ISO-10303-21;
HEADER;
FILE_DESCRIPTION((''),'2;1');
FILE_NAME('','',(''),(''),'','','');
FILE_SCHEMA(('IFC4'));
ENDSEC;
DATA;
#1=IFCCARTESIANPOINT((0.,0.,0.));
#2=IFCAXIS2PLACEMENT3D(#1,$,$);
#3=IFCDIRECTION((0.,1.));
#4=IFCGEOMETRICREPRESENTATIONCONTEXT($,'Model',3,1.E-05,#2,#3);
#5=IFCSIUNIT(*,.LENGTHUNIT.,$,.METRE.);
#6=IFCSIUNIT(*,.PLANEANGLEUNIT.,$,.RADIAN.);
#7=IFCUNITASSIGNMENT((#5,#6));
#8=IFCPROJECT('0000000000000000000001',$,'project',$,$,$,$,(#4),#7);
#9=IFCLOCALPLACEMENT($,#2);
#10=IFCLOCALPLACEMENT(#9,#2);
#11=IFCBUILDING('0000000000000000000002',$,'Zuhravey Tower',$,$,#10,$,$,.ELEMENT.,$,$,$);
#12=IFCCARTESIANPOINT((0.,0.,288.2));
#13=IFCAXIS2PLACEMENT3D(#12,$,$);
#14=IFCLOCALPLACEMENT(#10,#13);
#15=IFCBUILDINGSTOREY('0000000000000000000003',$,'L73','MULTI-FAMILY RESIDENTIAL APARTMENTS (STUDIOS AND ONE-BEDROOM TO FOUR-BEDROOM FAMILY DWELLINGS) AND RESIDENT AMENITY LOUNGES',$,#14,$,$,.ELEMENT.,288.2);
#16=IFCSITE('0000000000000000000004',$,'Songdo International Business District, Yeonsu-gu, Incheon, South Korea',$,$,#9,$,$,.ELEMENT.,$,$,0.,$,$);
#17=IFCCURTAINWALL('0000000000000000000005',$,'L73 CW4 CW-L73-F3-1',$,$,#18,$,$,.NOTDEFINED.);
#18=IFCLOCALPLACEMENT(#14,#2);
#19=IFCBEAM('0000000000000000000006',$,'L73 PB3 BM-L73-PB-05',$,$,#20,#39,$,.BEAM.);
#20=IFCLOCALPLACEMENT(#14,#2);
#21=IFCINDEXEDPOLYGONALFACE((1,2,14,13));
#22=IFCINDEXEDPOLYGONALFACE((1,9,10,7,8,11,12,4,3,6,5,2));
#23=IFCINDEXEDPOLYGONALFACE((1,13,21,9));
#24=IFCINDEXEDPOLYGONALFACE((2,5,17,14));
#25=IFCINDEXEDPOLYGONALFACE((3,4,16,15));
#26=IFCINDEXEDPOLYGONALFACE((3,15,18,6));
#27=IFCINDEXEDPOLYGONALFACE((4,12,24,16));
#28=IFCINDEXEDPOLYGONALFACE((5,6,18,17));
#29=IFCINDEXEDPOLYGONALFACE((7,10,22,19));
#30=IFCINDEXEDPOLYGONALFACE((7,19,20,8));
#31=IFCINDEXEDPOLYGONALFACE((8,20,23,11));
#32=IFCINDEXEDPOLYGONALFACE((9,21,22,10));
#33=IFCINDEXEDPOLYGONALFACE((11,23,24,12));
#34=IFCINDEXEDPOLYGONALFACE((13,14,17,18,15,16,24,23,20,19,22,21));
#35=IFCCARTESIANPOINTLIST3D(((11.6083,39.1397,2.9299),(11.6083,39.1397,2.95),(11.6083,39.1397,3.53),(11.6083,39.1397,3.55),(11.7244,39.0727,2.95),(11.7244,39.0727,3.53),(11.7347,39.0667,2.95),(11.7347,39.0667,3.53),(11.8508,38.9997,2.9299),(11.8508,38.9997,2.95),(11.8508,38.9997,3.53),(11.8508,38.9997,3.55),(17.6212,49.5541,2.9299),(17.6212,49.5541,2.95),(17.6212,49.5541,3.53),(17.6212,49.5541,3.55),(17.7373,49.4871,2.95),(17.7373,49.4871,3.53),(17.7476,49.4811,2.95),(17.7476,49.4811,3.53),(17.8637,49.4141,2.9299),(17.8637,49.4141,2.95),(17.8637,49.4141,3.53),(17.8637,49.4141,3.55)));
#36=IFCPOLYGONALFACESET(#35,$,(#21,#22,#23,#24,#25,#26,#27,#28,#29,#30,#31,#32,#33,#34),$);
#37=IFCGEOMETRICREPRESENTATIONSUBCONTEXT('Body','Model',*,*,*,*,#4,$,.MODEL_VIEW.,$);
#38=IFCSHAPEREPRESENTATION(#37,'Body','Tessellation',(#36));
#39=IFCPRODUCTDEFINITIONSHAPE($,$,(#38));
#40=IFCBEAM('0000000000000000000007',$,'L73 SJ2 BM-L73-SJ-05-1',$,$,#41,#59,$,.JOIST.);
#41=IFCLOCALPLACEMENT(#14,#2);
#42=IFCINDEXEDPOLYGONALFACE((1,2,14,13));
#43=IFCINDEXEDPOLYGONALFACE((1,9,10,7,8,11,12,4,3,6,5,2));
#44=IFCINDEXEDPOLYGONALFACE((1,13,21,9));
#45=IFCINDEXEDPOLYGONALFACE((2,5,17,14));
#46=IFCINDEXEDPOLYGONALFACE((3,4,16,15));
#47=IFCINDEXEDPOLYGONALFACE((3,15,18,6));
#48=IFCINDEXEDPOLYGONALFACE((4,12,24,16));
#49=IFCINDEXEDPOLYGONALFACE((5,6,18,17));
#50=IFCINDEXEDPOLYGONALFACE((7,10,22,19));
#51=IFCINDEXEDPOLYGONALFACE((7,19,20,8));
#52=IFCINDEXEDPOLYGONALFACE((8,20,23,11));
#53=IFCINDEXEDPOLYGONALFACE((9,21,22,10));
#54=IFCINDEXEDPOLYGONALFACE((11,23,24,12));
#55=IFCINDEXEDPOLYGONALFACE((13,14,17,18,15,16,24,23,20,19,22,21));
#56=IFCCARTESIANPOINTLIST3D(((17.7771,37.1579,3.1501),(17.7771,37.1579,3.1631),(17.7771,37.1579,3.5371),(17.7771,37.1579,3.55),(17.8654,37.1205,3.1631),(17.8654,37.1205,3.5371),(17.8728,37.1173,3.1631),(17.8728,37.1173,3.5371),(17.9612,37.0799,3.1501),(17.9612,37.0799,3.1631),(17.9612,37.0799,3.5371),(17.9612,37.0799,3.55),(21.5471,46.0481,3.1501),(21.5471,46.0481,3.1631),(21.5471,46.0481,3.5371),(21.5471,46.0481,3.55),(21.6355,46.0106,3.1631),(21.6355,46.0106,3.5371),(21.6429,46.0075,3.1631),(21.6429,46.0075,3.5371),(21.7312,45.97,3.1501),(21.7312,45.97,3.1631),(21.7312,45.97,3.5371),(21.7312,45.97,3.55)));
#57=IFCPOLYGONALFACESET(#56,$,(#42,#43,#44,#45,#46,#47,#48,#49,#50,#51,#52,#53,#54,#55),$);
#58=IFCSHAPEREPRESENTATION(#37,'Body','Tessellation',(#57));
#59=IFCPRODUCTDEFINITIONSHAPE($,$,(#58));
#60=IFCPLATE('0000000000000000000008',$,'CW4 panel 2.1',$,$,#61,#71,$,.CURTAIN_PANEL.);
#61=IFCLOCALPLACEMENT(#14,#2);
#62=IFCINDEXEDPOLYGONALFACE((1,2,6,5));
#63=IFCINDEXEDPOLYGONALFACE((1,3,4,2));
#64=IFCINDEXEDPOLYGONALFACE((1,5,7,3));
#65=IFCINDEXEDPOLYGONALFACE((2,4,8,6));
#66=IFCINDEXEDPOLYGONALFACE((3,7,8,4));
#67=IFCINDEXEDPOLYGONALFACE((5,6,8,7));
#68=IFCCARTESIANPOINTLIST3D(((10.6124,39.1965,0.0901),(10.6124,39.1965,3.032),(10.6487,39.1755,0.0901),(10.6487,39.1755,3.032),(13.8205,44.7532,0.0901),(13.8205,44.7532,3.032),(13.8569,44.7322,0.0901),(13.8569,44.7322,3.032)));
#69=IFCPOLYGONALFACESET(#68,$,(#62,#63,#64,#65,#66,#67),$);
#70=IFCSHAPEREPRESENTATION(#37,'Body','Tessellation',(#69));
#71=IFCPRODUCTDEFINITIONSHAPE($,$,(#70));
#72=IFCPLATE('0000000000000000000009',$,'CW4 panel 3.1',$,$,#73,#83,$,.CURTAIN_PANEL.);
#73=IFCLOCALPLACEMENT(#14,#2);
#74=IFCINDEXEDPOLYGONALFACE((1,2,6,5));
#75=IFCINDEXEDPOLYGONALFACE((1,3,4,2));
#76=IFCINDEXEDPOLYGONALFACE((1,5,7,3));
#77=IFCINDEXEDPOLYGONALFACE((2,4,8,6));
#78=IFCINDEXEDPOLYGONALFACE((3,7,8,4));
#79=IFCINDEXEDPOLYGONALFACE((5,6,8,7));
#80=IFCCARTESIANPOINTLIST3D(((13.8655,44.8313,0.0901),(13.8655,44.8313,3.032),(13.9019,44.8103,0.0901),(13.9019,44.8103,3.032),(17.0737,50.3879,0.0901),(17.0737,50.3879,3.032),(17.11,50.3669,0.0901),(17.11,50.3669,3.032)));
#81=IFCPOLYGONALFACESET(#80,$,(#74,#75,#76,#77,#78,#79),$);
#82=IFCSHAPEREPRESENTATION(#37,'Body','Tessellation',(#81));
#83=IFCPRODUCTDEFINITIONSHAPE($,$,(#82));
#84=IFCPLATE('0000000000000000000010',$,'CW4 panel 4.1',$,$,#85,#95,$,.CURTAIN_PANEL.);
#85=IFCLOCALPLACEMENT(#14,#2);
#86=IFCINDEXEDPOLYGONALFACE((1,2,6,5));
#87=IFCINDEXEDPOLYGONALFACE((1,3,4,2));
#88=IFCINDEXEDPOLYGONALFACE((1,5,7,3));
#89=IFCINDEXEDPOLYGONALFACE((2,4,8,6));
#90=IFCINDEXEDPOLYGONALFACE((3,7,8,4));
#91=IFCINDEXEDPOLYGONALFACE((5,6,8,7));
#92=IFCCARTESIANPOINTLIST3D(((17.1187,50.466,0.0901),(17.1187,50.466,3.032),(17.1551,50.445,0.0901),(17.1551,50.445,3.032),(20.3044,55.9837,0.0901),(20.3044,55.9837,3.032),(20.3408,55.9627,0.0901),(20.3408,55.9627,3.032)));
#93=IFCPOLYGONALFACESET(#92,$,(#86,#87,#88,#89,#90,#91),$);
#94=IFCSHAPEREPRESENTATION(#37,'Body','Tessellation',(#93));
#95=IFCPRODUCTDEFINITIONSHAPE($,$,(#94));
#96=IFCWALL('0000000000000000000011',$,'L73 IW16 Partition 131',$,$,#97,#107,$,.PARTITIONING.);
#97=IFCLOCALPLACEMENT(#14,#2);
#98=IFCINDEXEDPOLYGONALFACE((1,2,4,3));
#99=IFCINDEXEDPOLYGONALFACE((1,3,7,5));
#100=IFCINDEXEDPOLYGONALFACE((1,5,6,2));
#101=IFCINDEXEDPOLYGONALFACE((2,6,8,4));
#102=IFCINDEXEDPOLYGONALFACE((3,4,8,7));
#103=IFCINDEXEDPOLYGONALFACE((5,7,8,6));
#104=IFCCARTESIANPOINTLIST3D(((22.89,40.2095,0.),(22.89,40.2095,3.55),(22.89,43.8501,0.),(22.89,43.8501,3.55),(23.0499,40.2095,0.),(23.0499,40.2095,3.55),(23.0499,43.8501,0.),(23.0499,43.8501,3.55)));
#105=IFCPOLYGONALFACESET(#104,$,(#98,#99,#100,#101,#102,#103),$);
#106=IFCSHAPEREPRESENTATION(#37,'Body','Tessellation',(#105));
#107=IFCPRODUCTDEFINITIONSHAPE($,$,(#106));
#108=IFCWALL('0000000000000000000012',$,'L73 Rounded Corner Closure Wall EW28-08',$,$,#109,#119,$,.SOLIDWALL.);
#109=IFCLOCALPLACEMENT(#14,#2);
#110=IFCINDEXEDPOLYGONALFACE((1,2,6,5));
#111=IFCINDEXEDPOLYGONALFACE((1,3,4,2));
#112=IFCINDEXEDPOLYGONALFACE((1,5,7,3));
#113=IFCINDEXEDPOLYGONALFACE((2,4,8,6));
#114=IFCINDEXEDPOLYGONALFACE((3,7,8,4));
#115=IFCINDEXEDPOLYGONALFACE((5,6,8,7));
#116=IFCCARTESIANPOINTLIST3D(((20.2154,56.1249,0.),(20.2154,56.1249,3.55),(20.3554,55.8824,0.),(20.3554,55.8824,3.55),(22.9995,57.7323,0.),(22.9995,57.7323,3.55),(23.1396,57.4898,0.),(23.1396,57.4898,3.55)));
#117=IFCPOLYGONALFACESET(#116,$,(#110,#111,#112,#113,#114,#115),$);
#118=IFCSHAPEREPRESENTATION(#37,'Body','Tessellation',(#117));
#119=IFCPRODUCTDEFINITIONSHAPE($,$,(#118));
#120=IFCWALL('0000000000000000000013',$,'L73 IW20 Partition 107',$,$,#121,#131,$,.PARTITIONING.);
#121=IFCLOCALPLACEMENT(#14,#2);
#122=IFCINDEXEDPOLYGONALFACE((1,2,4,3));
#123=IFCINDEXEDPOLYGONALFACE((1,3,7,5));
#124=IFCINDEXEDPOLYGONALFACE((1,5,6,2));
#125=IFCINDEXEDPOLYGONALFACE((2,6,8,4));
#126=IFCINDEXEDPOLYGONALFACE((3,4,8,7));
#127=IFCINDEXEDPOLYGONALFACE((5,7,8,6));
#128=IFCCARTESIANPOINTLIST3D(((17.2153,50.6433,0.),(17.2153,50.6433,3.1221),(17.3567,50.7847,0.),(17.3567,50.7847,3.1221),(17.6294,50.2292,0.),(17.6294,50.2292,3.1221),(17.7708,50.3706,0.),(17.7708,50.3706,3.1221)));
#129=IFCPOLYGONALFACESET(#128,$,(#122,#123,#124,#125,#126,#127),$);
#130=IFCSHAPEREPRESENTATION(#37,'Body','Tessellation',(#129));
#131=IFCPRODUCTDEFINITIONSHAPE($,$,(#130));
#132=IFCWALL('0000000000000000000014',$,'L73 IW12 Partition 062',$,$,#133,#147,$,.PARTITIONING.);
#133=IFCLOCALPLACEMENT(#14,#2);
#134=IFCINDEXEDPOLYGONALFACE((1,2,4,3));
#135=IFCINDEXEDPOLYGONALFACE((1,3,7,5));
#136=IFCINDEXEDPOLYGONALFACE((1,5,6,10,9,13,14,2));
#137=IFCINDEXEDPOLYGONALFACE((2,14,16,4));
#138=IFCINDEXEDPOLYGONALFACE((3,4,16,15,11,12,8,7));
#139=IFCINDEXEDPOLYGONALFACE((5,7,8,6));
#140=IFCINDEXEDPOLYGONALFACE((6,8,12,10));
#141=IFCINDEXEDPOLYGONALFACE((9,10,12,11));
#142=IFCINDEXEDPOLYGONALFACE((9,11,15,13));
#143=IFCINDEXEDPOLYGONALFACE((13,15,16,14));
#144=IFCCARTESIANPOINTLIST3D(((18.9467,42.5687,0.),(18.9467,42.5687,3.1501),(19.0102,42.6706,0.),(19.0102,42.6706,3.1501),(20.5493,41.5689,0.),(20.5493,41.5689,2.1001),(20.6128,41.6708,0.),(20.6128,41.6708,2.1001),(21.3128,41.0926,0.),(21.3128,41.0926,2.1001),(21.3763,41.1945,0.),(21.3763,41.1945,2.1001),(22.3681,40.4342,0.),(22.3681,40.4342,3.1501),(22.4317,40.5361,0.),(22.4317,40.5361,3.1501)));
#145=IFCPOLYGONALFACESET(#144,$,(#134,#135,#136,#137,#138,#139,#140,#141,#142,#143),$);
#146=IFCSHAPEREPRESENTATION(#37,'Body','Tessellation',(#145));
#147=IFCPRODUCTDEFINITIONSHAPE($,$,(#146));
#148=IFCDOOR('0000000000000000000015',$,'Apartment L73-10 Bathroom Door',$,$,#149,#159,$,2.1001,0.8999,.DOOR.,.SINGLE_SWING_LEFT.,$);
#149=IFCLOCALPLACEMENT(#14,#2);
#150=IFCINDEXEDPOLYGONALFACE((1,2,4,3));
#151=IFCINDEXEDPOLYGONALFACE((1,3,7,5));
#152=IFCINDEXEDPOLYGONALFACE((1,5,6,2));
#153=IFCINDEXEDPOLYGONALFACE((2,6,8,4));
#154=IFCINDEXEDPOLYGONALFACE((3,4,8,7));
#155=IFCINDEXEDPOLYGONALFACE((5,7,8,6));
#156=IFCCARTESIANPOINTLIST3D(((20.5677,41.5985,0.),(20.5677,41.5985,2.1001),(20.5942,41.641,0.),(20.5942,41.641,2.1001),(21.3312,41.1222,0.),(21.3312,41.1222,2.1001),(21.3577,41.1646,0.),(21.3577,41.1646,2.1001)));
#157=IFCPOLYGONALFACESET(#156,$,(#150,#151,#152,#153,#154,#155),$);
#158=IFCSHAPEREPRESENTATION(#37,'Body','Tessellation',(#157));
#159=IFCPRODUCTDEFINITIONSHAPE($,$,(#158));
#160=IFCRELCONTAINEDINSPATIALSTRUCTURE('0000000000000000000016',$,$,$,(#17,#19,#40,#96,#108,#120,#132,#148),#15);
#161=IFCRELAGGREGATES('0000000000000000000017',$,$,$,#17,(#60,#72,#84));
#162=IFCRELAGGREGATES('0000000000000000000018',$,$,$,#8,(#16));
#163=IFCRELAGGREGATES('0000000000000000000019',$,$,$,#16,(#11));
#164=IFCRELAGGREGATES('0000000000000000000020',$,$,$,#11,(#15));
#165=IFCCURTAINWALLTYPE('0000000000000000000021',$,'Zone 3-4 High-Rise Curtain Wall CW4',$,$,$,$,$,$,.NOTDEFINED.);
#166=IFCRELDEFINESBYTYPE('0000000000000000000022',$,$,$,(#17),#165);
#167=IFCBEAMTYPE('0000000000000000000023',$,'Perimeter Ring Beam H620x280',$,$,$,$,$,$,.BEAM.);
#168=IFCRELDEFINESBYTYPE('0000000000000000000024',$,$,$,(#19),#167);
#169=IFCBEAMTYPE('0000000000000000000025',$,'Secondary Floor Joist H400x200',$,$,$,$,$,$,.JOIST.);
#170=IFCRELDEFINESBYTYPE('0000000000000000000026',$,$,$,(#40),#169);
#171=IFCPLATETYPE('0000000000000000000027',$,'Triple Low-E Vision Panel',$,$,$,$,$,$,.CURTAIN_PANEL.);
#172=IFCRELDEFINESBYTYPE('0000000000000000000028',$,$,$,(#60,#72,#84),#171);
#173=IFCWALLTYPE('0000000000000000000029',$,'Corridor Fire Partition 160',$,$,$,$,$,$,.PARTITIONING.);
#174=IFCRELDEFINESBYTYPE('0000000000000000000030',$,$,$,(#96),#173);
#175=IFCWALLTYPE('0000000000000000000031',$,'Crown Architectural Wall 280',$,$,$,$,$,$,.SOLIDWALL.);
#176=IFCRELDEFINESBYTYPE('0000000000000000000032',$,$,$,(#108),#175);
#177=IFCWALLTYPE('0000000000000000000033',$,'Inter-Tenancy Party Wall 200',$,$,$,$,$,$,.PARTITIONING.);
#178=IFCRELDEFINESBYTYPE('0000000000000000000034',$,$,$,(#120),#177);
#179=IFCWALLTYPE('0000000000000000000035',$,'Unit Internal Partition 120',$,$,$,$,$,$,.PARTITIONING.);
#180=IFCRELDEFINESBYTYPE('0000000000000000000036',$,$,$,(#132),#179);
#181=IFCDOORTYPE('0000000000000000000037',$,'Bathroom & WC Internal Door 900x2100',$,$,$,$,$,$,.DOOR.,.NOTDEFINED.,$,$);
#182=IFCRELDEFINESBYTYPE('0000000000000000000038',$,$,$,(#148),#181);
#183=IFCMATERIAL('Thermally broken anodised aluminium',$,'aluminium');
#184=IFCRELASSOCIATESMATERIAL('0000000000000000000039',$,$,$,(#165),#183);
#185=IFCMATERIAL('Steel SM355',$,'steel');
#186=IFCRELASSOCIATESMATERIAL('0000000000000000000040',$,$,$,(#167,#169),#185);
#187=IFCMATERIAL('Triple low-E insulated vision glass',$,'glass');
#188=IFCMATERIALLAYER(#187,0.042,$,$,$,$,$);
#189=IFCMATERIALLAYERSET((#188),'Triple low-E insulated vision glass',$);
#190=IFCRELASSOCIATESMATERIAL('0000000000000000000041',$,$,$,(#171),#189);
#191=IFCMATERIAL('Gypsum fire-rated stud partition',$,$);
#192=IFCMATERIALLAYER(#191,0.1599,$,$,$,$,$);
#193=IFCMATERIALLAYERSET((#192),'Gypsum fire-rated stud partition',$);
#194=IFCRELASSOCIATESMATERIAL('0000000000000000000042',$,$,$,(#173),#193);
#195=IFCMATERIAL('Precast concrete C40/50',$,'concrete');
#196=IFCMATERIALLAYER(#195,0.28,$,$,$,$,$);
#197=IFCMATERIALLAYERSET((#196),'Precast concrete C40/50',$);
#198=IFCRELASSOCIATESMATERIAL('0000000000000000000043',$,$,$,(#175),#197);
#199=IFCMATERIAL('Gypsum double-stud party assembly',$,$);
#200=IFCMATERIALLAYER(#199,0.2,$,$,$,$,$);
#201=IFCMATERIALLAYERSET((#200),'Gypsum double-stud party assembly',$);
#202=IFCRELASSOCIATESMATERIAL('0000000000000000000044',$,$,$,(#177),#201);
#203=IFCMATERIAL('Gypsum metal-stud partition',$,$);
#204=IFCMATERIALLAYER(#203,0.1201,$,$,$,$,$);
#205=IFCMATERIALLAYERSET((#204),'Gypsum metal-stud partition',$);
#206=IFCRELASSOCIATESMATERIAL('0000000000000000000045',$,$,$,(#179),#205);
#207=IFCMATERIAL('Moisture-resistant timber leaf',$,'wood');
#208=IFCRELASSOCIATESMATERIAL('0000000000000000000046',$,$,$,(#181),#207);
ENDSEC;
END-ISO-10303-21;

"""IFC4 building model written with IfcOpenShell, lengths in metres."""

from ifc_helpers import new_model, si_unit, direction, frame, frame_2d, origin, origin_2d, place, context, subcontext, project, spatial, rectangle, i_section, extrude, material, layer, layer_set, material_profile, profile_set, type_object, element, fill, aggregate, save


model = new_model("IFC4")

# Units and contexts
model_context = context("Model", 3, precision=1e-05, world=origin(), true_north=direction((0.0, 1.0)))
body_context = subcontext(model_context, "Body", "Model", "MODEL_VIEW")
ifc_project = project(units=[si_unit("LENGTHUNIT", "METRE"), si_unit("PLANEANGLEUNIT", "RADIAN")], contexts=[model_context])

# Site, building, storey
site_placement = place(None, origin())
site = spatial("IfcSite", under=ifc_project, at=site_placement, Name="Songdo International Business District, Yeonsu-gu, Incheon, South Korea", CompositionType="ELEMENT", RefElevation=0.0)
building_placement = place(site_placement, origin())
building = spatial("IfcBuilding", under=site, at=building_placement, Name="Zuhravey Tower", CompositionType="ELEMENT")
storey_placement = place(building_placement, frame((0.0, 0.0, 288.2)))
storey = spatial("IfcBuildingStorey", under=building, at=storey_placement, Name="L73", Description="MULTI-FAMILY RESIDENTIAL APARTMENTS (STUDIOS AND ONE-BEDROOM TO FOUR-BEDROOM FAMILY DWELLINGS) AND RESIDENT AMENITY LOUNGES", CompositionType="ELEMENT", Elevation=288.2)

# Curtain wall
ifc_material_1 = material(Name="Thermally broken anodised aluminium", Category="aluminium")
curtain_wall_type = type_object("IfcCurtainWallType", Name="Zone 3-4 High-Rise Curtain Wall CW4", PredefinedType="NOTDEFINED", material=ifc_material_1)
curtain_wall_1_placement = place(storey_placement, origin())
curtain_wall_1 = element("IfcCurtainWall", 1, at=curtain_wall_1_placement, inside=storey, type_object=curtain_wall_type, Name="L73 CW4 CW-L73-F3-1", PredefinedType="NOTDEFINED")

# Beams
ifc_material_2 = material(Name="Steel SM355", Category="steel")
ifc_material_profile_1 = material_profile(ifc_material_2, i_section(OverallWidth=0.28, OverallDepth=0.6201, WebThickness=0.012, FlangeThickness=0.02, at=origin_2d()), Name="H-620x280x12x20")
ifc_profile_set_1 = profile_set([ifc_material_profile_1], Name="Steel SM355")
beam_type_1 = type_object("IfcBeamType", Name="Perimeter Ring Beam H620x280", PredefinedType="BEAM", material=ifc_profile_set_1)
beam_1_placement = place(storey_placement, frame((17.7424, 49.4841, 3.24), z_axis=(-0.500006, -0.866022, 0.0), x_axis=(0.866022, -0.500006, 0.0)))
element("IfcBeam", 2, at=beam_1_placement, inside=storey, type_object=beam_type_1, Name="L73 PB3 BM-L73-PB-05", PredefinedType="BEAM", context=body_context, shape_type="SweptSolid", body=[
    extrude(i_section(OverallWidth=0.28, OverallDepth=0.6201, WebThickness=0.012, FlangeThickness=0.02, at=origin_2d()), origin(), (0.0, 0.0, 1.0), 12.0256),
])
ifc_material_profile_2 = material_profile(ifc_material_2, i_section(OverallWidth=0.2, OverallDepth=0.3999, WebThickness=0.0081, FlangeThickness=0.0129, at=origin_2d()), Name="H-400x200x8x13")
ifc_profile_set_2 = profile_set([ifc_material_profile_2], Name="Steel SM355")
beam_type_2 = type_object("IfcBeamType", Name="Secondary Floor Joist H400x200", PredefinedType="JOIST", material=ifc_profile_set_2)
beam_2_placement = place(storey_placement, frame((21.6392, 46.009, 3.3501), z_axis=(-0.390413, -0.92064, 0.0), x_axis=(0.92064, -0.390413, 0.0)))
element("IfcBeam", 3, at=beam_2_placement, inside=storey, type_object=beam_type_2, Name="L73 SJ2 BM-L73-SJ-05-1", PredefinedType="JOIST", context=body_context, shape_type="SweptSolid", body=[
    extrude(i_section(OverallWidth=0.2, OverallDepth=0.3999, WebThickness=0.0081, FlangeThickness=0.0129, at=origin_2d()), origin(), (0.0, 0.0, 1.0), 9.6565),
])

# Plates
ifc_material_3 = material(Name="Triple low-E insulated vision glass", Category="glass")
ifc_layer_1 = layer(ifc_material_3, 0.042)
ifc_layer_set_1 = layer_set([ifc_layer_1], Name="Triple low-E insulated vision glass")
plate_type = type_object("IfcPlateType", Name="Triple Low-E Vision Panel", PredefinedType="CURTAIN_PANEL", material=ifc_layer_set_1)
plate_1_placement = place(storey_placement, frame((12.2346, 41.9644, 0.0901), z_axis=(0.0, 0.0, 1.0), x_axis=(0.500001, 0.866025, 0.0)))
plate_1 = element("IfcPlate", 4, at=plate_1_placement, type_object=plate_type, Name="CW4 panel 2.1", PredefinedType="CURTAIN_PANEL", context=body_context, shape_type="SweptSolid", body=[
    extrude(rectangle(XDim=6.4163, YDim=0.042, at=origin_2d()), origin(), (0.0, 0.0, 1.0), 2.9419),
])
plate_2_placement = place(storey_placement, frame((15.4878, 47.5991, 0.0901), z_axis=(0.0, 0.0, 1.0), x_axis=(0.500001, 0.866025, 0.0)))
plate_2 = element("IfcPlate", 5, at=plate_2_placement, type_object=plate_type, Name="CW4 panel 3.1", PredefinedType="CURTAIN_PANEL", context=body_context, shape_type="SweptSolid", body=[
    extrude(rectangle(XDim=6.4163, YDim=0.042, at=origin_2d()), origin(), (0.0, 0.0, 1.0), 2.9419),
])
plate_3_placement = place(storey_placement, frame((18.7297, 53.2144, 0.0901), z_axis=(0.0, 0.0, 1.0), x_axis=(0.500001, 0.866025, 0.0)))
plate_3 = element("IfcPlate", 6, at=plate_3_placement, type_object=plate_type, Name="CW4 panel 4.1", PredefinedType="CURTAIN_PANEL", context=body_context, shape_type="SweptSolid", body=[
    extrude(rectangle(XDim=6.3713, YDim=0.042, at=origin_2d()), origin(), (0.0, 0.0, 1.0), 2.9419),
])
aggregate(curtain_wall_1, [plate_1, plate_2, plate_3])

# Walls
ifc_material_4 = material(Name="Gypsum fire-rated stud partition")
ifc_layer_2 = layer(ifc_material_4, 0.1599)
ifc_layer_set_2 = layer_set([ifc_layer_2], Name="Gypsum fire-rated stud partition")
wall_type_1 = type_object("IfcWallType", Name="Corridor Fire Partition 160", PredefinedType="PARTITIONING", material=ifc_layer_set_2)
wall_1_placement = place(storey_placement, frame((22.97, 43.8501, 0.0), z_axis=(0.0, 0.0, 1.0), x_axis=(0.0, -1.0, 0.0)))
element("IfcWall", 7, at=wall_1_placement, inside=storey, type_object=wall_type_1, Name="L73 IW16 Partition 131", PredefinedType="PARTITIONING", context=body_context, shape_type="SweptSolid", body=[
    extrude(rectangle(XDim=3.6406, YDim=0.1599, at=frame_2d((1.8203, 0.0))), origin(), (0.0, 0.0, 1.0), 3.55),
])
ifc_material_5 = material(Name="Precast concrete C40/50", Category="concrete")
ifc_layer_3 = layer(ifc_material_5, 0.28)
ifc_layer_set_3 = layer_set([ifc_layer_3], Name="Precast concrete C40/50")
wall_type_2 = type_object("IfcWallType", Name="Crown Architectural Wall 280", PredefinedType="SOLIDWALL", material=ifc_layer_set_3)
wall_2_placement = place(storey_placement, frame((20.2854, 56.0037, 0.0), z_axis=(0.0, 0.0, 1.0), x_axis=(0.866029, 0.499994, 0.0)))
element("IfcWall", 8, at=wall_2_placement, inside=storey, type_object=wall_type_2, Name="L73 Rounded Corner Closure Wall EW28-08", PredefinedType="SOLIDWALL", context=body_context, shape_type="SweptSolid", body=[
    extrude(rectangle(XDim=3.2148, YDim=0.28, at=frame_2d((1.6074, 0.0))), origin(), (0.0, 0.0, 1.0), 3.55),
])
ifc_material_6 = material(Name="Gypsum double-stud party assembly")
ifc_layer_4 = layer(ifc_material_6, 0.2)
ifc_layer_set_4 = layer_set([ifc_layer_4], Name="Gypsum double-stud party assembly")
wall_type_3 = type_object("IfcWallType", Name="Inter-Tenancy Party Wall 200", PredefinedType="PARTITIONING", material=ifc_layer_set_4)
wall_3_placement = place(storey_placement, frame((17.7002, 50.2998, 0.0), z_axis=(0.0, 0.0, 1.0), x_axis=(-0.707107, 0.707107, 0.0)))
element("IfcWall", 9, at=wall_3_placement, inside=storey, type_object=wall_type_3, Name="L73 IW20 Partition 107", PredefinedType="PARTITIONING", context=body_context, shape_type="SweptSolid", body=[
    extrude(rectangle(XDim=0.5857, YDim=0.2, at=frame_2d((0.293, 0.0))), origin(), (0.0, 0.0, 1.0), 3.1221),
])

# Wall, opening, door
ifc_material_7 = material(Name="Gypsum metal-stud partition")
ifc_layer_5 = layer(ifc_material_7, 0.1201)
ifc_layer_set_5 = layer_set([ifc_layer_5], Name="Gypsum metal-stud partition")
wall_type_4 = type_object("IfcWallType", Name="Unit Internal Partition 120", PredefinedType="PARTITIONING", material=ifc_layer_set_5)
wall_4_placement = place(storey_placement, frame((22.3999, 40.4851, 0.0), z_axis=(0.0, 0.0, 1.0), x_axis=(-0.848427, 0.529313, 0.0)))
wall_4 = element("IfcWall", 10, at=wall_4_placement, inside=storey, type_object=wall_type_4, Name="L73 IW12 Partition 062", PredefinedType="PARTITIONING", context=body_context, shape_type="SweptSolid", body=[
    extrude(rectangle(XDim=4.0327, YDim=0.1201, at=frame_2d((2.0164, 0.0))), origin(), (0.0, 0.0, 1.0), 3.1501),
])
opening_1_placement = place(wall_4_placement, frame((1.2439, 0.0, 0.0)))
opening_1 = element("IfcOpeningElement", 11, at=opening_1_placement, cuts=wall_4, PredefinedType="OPENING", context=body_context, shape_type="SweptSolid", body=[
    extrude(rectangle(XDim=0.8999, YDim=2.1001, at=frame_2d((0.45, 1.05))), frame((0.0, 0.072, 0.0), z_axis=(0.0, -1.0, 0.0), x_axis=(1.0, 0.0, 0.0)), (0.0, 0.0, 1.0), 0.144),
])
ifc_material_8 = material(Name="Moisture-resistant timber leaf", Category="wood")
door_type_1 = type_object("IfcDoorType", Name="Bathroom & WC Internal Door 900x2100", OperationType="NOTDEFINED", PredefinedType="DOOR", material=ifc_material_8)
door_1_placement = place(opening_1_placement, frame((0.8999, 0.0, 0.0), z_axis=(0.0, 0.0, 1.0), x_axis=(-1.0, 0.0, 0.0)))
door_1 = element("IfcDoor", 12, at=door_1_placement, inside=storey, type_object=door_type_1, Name="Apartment L73-10 Bathroom Door", OperationType="SINGLE_SWING_LEFT", OverallHeight=2.1001, OverallWidth=0.8999, PredefinedType="DOOR", context=body_context, shape_type="SweptSolid", body=[
    extrude(rectangle(XDim=0.8999, YDim=2.1001, at=frame_2d((0.45, 1.05))), frame((0.0, 0.0249, 0.0), z_axis=(0.0, -1.0, 0.0), x_axis=(1.0, 0.0, 0.0)), (0.0, 0.0, 1.0), 0.05),
])
fill(opening_1, door_1)

save(model, "model.ifc")
